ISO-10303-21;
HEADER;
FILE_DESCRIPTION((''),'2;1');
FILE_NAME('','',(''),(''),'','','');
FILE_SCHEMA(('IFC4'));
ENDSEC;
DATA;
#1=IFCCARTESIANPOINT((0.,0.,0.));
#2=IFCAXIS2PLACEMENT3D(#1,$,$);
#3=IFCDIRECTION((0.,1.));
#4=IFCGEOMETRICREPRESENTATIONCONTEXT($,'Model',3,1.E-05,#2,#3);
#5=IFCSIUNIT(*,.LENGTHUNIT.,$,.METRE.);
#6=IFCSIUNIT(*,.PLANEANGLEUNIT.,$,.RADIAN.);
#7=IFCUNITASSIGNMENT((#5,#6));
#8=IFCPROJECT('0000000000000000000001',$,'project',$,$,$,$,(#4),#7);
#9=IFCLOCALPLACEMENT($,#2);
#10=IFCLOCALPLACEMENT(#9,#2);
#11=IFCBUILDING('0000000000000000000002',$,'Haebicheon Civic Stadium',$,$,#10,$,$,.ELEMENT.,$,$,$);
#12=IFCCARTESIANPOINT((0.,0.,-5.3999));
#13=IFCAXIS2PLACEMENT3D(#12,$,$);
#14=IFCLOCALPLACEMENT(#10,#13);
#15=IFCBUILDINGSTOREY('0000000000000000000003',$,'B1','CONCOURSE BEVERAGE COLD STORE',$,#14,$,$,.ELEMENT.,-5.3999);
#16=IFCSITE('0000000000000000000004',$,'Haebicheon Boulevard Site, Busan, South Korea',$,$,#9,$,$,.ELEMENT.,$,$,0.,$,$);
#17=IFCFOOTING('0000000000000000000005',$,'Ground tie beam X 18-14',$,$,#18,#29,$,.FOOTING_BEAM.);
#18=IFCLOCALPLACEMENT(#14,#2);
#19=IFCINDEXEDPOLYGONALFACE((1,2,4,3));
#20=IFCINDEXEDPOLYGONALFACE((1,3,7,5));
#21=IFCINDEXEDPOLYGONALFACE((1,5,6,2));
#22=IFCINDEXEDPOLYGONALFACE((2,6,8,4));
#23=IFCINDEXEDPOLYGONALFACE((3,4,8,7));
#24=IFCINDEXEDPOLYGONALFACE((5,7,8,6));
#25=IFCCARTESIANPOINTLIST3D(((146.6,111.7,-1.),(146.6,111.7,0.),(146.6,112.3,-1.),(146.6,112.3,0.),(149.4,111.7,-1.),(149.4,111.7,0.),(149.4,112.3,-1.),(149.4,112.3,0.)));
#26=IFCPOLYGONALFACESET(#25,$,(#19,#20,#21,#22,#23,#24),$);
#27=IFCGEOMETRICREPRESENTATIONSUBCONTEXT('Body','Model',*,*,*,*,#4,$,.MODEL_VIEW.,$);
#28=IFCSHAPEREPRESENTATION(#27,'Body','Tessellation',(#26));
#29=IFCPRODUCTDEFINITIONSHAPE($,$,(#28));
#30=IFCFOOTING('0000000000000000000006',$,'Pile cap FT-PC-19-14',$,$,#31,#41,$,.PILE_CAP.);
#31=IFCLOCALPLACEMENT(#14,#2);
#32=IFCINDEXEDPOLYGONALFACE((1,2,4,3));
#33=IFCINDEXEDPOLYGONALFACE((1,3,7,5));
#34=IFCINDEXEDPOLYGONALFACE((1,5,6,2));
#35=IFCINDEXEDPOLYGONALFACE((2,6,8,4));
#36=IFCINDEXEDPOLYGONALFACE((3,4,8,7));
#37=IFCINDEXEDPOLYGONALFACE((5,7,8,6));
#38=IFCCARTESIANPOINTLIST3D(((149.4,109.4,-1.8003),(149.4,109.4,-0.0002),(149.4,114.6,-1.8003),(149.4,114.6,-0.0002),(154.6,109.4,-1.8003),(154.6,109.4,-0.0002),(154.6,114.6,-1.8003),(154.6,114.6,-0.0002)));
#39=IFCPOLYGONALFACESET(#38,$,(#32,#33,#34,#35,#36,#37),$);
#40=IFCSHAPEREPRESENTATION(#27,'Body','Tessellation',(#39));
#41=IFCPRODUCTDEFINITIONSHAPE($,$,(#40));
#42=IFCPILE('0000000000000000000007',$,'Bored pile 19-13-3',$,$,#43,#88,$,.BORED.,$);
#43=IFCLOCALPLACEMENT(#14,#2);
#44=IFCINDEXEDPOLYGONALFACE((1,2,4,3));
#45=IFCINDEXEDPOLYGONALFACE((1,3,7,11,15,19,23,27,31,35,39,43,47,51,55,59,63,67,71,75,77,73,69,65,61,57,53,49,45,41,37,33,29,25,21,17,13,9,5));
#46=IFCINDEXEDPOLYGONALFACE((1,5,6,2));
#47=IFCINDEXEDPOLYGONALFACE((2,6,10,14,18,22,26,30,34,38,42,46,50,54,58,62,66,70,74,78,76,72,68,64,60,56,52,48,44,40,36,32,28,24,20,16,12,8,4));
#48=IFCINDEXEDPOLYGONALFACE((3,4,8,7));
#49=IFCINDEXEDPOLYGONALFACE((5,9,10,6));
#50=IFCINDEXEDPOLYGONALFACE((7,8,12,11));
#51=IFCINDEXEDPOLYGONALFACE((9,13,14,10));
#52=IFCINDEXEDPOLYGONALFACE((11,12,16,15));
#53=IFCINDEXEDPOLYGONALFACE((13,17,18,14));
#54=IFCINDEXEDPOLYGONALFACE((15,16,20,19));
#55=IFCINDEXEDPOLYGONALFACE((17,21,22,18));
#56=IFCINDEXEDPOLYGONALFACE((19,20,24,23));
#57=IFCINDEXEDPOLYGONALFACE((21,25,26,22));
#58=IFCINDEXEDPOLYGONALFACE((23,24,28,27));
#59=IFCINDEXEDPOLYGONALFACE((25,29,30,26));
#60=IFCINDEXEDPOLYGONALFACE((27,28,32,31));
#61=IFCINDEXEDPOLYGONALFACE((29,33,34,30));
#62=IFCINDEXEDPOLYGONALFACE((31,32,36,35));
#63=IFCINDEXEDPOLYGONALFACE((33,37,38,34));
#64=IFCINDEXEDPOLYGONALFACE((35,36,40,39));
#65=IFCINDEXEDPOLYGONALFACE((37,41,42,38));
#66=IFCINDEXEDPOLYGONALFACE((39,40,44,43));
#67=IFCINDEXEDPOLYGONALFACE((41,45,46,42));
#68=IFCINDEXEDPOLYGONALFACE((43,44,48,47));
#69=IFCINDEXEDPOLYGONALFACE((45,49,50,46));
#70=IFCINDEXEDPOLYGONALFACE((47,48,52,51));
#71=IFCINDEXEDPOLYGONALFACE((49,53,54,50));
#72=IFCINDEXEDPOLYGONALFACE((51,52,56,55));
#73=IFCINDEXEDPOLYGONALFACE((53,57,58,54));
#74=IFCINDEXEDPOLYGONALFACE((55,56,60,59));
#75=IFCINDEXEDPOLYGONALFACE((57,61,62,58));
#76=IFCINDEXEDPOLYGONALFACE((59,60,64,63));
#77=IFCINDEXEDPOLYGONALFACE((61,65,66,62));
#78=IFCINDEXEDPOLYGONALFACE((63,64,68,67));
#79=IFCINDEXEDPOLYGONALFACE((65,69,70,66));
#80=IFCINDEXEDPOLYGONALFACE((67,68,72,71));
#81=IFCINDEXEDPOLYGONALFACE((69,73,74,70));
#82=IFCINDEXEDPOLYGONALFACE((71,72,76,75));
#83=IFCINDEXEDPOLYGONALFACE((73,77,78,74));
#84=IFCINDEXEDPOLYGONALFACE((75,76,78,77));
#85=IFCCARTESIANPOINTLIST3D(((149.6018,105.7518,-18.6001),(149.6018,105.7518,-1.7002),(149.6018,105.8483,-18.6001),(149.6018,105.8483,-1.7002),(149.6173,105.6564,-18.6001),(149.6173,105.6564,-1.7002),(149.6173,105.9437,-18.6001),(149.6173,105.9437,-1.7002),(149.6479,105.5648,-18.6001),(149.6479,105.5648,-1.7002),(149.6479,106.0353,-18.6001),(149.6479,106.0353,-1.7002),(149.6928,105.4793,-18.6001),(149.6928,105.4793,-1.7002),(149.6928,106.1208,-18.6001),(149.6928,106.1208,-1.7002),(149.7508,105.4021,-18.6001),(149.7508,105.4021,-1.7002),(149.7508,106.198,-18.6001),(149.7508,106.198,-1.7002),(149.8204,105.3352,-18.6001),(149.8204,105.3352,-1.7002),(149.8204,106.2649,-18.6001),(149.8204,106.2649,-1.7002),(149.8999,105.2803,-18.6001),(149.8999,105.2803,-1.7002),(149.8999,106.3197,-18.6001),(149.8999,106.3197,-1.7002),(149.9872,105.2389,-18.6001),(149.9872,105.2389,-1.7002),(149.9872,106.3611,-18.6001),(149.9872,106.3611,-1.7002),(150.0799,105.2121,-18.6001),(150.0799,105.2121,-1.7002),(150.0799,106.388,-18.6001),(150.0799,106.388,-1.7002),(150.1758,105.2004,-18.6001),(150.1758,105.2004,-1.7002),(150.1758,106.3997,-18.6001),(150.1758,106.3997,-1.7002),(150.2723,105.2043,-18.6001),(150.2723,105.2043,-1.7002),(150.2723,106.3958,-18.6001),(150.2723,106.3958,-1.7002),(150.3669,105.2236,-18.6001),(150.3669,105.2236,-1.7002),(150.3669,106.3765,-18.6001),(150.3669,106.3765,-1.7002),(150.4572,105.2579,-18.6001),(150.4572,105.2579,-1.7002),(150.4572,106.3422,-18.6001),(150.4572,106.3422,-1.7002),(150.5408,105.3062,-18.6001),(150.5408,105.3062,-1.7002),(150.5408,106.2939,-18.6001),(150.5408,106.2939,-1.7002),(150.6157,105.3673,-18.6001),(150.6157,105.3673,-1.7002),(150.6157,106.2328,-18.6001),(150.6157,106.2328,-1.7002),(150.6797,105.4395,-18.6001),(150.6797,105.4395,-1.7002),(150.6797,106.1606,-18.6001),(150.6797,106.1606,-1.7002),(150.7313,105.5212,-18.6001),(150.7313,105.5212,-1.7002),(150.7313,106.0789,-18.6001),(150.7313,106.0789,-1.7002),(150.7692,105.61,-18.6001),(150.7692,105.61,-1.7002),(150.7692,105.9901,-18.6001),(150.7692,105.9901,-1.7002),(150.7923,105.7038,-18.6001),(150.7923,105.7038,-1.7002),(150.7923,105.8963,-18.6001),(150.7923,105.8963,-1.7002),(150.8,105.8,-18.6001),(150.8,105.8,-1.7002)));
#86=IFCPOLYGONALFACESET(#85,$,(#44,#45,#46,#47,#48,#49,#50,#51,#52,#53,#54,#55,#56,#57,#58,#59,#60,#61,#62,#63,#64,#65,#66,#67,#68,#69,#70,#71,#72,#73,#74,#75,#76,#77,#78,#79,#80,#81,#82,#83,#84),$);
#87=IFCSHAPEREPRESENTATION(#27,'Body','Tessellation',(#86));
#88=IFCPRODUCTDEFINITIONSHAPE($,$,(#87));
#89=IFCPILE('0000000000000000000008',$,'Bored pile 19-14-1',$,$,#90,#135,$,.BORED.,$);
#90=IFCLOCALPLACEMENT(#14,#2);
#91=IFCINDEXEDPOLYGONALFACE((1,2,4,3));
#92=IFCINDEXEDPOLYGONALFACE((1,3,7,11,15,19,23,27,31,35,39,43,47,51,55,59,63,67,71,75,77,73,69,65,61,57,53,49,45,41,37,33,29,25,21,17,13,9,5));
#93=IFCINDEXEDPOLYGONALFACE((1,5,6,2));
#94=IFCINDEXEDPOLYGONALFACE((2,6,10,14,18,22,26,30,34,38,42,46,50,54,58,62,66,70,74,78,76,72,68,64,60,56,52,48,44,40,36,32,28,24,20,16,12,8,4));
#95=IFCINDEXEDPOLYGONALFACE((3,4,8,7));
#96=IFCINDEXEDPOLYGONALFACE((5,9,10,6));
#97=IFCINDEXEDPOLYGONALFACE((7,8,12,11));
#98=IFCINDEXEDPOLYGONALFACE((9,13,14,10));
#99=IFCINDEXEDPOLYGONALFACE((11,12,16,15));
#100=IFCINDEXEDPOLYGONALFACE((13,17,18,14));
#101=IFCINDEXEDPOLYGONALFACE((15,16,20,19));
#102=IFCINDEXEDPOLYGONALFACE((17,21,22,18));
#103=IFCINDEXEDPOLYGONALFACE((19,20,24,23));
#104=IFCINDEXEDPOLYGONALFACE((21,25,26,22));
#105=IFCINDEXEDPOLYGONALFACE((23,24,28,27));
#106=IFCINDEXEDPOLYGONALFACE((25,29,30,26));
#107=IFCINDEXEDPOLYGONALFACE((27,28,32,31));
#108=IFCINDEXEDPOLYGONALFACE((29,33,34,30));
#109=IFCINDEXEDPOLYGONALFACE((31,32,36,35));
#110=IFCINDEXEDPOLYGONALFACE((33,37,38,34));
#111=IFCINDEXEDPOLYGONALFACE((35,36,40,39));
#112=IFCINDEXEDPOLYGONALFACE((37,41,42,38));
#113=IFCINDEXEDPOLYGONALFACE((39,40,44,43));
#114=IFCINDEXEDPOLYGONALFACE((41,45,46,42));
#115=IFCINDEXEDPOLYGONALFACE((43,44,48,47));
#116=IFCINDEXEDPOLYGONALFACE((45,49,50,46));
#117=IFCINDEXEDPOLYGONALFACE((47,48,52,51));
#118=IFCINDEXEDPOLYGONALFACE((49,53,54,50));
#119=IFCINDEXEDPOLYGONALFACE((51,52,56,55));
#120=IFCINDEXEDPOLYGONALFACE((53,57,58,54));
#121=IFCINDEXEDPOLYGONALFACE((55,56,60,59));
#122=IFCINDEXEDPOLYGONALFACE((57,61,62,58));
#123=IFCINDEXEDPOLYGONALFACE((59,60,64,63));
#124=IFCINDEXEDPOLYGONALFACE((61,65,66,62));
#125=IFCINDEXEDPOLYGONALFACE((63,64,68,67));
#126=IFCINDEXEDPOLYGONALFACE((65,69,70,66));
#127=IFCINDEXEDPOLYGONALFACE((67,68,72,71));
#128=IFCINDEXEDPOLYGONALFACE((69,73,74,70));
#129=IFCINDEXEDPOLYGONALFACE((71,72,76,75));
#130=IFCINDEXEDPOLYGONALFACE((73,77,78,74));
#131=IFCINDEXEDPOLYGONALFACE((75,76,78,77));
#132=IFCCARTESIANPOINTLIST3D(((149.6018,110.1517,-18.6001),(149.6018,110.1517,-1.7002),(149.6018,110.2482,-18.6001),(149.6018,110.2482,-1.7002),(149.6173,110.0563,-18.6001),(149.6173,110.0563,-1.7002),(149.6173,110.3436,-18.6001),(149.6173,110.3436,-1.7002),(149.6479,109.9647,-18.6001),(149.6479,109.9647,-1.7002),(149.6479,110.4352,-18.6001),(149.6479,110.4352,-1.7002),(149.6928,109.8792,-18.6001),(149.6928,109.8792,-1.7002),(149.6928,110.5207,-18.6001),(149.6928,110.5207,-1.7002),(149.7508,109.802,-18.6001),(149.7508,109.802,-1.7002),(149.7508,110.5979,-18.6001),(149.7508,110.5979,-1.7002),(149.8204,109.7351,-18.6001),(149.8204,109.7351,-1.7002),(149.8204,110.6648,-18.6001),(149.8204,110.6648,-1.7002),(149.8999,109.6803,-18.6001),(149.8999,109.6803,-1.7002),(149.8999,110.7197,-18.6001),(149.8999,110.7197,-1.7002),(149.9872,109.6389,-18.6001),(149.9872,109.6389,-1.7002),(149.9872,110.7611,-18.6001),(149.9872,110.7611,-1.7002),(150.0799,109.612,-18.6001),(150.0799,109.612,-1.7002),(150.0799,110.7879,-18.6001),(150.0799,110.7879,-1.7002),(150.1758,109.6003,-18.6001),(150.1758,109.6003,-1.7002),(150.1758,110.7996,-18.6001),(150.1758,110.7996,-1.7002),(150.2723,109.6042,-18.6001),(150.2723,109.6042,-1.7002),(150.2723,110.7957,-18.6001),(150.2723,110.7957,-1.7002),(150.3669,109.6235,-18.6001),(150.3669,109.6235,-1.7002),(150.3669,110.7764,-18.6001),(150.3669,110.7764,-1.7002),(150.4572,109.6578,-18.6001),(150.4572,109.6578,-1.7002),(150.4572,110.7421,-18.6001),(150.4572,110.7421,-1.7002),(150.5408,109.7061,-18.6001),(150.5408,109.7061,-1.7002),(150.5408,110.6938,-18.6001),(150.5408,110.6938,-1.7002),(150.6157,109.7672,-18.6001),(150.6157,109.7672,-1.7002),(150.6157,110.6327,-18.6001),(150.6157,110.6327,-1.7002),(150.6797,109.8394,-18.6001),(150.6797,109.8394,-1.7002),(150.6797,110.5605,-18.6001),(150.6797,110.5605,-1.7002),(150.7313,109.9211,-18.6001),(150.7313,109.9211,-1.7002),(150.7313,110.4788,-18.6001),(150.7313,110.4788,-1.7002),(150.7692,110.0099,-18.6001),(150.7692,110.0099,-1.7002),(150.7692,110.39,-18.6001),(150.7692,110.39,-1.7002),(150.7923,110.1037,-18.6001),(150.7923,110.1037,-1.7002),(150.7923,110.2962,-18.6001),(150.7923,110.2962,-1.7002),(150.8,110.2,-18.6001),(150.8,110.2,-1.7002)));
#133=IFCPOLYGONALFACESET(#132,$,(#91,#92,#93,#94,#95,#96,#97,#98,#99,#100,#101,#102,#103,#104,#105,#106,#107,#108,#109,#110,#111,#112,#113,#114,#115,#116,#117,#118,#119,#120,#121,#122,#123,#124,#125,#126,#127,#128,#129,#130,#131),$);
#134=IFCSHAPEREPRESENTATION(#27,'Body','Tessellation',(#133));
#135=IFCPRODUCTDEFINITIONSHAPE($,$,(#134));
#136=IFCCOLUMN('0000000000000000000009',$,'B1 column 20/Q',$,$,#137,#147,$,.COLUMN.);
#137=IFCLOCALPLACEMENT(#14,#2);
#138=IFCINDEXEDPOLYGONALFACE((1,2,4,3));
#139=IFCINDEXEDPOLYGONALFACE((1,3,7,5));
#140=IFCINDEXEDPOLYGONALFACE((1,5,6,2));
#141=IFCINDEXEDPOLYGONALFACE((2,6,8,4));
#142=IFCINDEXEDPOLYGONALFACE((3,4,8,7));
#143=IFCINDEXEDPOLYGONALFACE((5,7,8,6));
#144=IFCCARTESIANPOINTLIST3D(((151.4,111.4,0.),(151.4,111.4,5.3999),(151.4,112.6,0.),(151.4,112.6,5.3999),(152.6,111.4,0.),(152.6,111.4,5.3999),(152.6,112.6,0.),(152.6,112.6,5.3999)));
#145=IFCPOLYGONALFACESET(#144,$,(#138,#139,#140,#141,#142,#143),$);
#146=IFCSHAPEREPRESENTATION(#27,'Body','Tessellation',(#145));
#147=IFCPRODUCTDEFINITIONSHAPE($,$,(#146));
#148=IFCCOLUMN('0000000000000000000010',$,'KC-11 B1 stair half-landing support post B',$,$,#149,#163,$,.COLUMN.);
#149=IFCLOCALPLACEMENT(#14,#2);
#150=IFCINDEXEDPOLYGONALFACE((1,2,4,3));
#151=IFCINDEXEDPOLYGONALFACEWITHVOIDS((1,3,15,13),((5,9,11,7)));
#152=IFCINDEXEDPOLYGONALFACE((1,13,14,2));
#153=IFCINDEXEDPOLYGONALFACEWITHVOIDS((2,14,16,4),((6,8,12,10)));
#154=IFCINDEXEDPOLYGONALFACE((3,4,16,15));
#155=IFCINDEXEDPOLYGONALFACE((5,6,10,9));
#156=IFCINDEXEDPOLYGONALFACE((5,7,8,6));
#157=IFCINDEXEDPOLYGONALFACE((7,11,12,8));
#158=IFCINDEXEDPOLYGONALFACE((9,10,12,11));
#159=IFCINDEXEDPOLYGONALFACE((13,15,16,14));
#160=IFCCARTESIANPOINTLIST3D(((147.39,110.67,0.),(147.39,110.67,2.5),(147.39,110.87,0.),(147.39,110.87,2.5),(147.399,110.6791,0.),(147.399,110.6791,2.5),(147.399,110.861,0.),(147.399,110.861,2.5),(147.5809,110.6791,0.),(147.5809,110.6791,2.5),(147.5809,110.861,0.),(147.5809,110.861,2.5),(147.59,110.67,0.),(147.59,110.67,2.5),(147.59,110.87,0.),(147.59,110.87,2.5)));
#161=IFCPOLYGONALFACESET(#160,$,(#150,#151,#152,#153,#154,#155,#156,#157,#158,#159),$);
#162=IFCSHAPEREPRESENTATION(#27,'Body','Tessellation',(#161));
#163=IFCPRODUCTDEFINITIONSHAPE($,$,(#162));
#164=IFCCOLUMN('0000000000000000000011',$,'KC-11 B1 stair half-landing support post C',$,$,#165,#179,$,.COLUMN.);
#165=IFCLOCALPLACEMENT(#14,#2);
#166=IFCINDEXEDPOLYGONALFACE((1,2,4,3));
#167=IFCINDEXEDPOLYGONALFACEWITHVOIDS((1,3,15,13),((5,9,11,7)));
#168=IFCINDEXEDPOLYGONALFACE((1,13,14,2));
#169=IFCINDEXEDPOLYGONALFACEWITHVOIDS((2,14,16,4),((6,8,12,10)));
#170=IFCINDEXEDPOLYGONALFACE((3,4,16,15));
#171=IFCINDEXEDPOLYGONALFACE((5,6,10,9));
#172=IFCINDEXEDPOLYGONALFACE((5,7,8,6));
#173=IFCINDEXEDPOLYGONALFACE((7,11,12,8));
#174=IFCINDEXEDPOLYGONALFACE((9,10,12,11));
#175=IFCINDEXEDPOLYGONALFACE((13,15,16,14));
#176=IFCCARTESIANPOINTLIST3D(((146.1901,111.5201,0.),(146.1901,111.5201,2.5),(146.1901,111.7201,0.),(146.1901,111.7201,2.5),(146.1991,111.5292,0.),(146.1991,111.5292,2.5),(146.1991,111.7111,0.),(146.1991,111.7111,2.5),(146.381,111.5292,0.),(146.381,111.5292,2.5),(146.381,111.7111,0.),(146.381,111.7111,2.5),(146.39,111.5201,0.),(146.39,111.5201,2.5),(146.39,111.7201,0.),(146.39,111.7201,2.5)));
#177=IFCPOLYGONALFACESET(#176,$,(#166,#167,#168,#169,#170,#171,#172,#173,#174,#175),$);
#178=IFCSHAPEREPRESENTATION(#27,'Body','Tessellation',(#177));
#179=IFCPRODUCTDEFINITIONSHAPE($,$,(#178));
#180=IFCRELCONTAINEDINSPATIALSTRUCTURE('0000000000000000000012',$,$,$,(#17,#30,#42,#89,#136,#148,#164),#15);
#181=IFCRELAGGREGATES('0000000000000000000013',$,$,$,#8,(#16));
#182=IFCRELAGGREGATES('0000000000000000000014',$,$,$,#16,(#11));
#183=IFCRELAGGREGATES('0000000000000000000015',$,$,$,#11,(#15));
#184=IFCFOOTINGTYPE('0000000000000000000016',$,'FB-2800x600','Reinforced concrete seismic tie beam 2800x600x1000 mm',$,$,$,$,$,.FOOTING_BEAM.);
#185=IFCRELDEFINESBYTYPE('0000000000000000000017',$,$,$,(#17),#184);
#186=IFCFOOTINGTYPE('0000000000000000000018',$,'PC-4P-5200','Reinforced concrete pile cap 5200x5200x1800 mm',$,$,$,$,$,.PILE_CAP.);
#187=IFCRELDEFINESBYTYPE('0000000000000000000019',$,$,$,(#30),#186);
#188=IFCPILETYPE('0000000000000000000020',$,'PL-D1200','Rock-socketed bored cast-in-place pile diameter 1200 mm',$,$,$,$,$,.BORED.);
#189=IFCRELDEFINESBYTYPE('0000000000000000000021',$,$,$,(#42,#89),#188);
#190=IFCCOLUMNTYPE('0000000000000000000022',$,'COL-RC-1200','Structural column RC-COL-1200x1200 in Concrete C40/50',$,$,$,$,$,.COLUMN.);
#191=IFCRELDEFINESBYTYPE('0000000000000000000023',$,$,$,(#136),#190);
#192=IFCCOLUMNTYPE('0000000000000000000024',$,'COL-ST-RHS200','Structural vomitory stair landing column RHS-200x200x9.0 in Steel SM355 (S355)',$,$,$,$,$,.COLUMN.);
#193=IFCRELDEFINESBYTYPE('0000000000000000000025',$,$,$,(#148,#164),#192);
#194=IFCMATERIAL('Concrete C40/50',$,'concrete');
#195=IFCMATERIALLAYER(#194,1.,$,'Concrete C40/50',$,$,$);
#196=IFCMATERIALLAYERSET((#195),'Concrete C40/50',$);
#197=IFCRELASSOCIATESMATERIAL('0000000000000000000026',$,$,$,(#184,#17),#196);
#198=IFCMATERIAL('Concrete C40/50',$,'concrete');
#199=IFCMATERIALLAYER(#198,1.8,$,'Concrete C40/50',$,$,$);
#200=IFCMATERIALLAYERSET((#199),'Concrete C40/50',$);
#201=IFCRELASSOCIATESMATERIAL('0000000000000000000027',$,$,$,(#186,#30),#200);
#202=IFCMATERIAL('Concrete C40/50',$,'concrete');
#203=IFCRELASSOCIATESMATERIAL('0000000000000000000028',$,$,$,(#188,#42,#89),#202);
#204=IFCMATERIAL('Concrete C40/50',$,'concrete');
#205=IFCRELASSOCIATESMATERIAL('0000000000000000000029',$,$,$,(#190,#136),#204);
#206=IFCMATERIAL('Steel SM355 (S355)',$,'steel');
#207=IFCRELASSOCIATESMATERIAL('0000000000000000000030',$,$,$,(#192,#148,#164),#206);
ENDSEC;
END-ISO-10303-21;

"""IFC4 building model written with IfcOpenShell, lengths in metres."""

from ifc_helpers import new_model, si_unit, direction, frame, origin, origin_2d, place, context, subcontext, project, spatial, rectangle, hollow_rectangle, circle, extrude, material, layer, layer_set, material_profile, profile_set, type_object, element, save


model = new_model("IFC4")

# Units and contexts
model_context = context("Model", 3, precision=1e-05, world=origin(), true_north=direction((0.0, 1.0)))
body_context = subcontext(model_context, "Body", "Model", "MODEL_VIEW")
ifc_project = project(units=[si_unit("LENGTHUNIT", "METRE"), si_unit("PLANEANGLEUNIT", "RADIAN")], contexts=[model_context])

# Site, building, storey
site_placement = place(None, origin())
site = spatial("IfcSite", under=ifc_project, at=site_placement, Name="Haebicheon Boulevard Site, Busan, South Korea", CompositionType="ELEMENT", RefElevation=0.0)
building_placement = place(site_placement, origin())
building = spatial("IfcBuilding", under=site, at=building_placement, Name="Haebicheon Civic Stadium", CompositionType="ELEMENT")
storey_placement = place(building_placement, frame((0.0, 0.0, -5.3999)))
storey = spatial("IfcBuildingStorey", under=building, at=storey_placement, Name="B1", Description="CONCOURSE BEVERAGE COLD STORE", CompositionType="ELEMENT", Elevation=-5.3999)

# Footings
ifc_material_1 = material(Name="Concrete C40/50", Category="concrete")
ifc_layer_1 = layer(ifc_material_1, 1.0, Name="Concrete C40/50")
ifc_layer_set_1 = layer_set([ifc_layer_1], Name="Concrete C40/50")
footing_type_1 = type_object("IfcFootingType", Name="FB-2800x600", Description="Reinforced concrete seismic tie beam 2800x600x1000 mm", PredefinedType="FOOTING_BEAM", material=ifc_layer_set_1)
footing_1_placement = place(storey_placement, frame((148.0, 112.0, -1.0), z_axis=(0.0, 0.0, 1.0), x_axis=(1.0, 0.0, 0.0)))
element("IfcFooting", 1, at=footing_1_placement, inside=storey, type_object=footing_type_1, material=ifc_layer_set_1, Name="Ground tie beam X 18-14", PredefinedType="FOOTING_BEAM", context=body_context, shape_type="SweptSolid", body=[
    extrude(rectangle(XDim=2.8, YDim=0.6001, at=origin_2d()), origin(), (0.0, 0.0, 1.0), 1.0),
])
ifc_material_2 = material(Name="Concrete C40/50", Category="concrete")
ifc_layer_2 = layer(ifc_material_2, 1.8, Name="Concrete C40/50")
ifc_layer_set_2 = layer_set([ifc_layer_2], Name="Concrete C40/50")
footing_type_2 = type_object("IfcFootingType", Name="PC-4P-5200", Description="Reinforced concrete pile cap 5200x5200x1800 mm", PredefinedType="PILE_CAP", material=ifc_layer_set_2)
footing_2_placement = place(storey_placement, frame((152.0, 112.0, -1.8003), z_axis=(0.0, 0.0, 1.0), x_axis=(1.0, 0.0, 0.0)))
element("IfcFooting", 2, at=footing_2_placement, inside=storey, type_object=footing_type_2, material=ifc_layer_set_2, Name="Pile cap FT-PC-19-14", PredefinedType="PILE_CAP", context=body_context, shape_type="SweptSolid", body=[
    extrude(rectangle(XDim=5.2, YDim=5.2, at=origin_2d()), origin(), (0.0, 0.0, 1.0), 1.8),
])

# Piles
ifc_material_3 = material(Name="Concrete C40/50", Category="concrete")
ifc_material_profile_1 = material_profile(ifc_material_3, circle(Radius=0.6001, at=origin_2d()), Name="PILE-D1200")
ifc_profile_set_1 = profile_set([ifc_material_profile_1], Name="Concrete C40/50")
pile_type = type_object("IfcPileType", Name="PL-D1200", Description="Rock-socketed bored cast-in-place pile diameter 1200 mm", PredefinedType="BORED", material=ifc_profile_set_1)
for number, where, z_axis, x_axis, name in (
    (3, (150.2, 105.8, -1.7002), (0.0, 0.0, -1.0), (1.0, 0.0, 0.0), "Bored pile 19-13-3"),
    (4, (150.2, 110.2, -1.7002), (0.0, 0.0, -1.0), (1.0, 0.0, 0.0), "Bored pile 19-14-1"),
):
    element("IfcPile", number, at=place(storey_placement, frame(where, z_axis=z_axis, x_axis=x_axis)), inside=storey, type_object=pile_type, material=ifc_profile_set_1, Name=name, PredefinedType="BORED", context=body_context, shape_type="SweptSolid", body=[
        extrude(circle(Radius=0.6001, at=origin_2d()), origin(), (0.0, 0.0, 1.0), 16.8999),
    ])

# Columns
ifc_material_4 = material(Name="Concrete C40/50", Category="concrete")
ifc_material_profile_2 = material_profile(ifc_material_4, rectangle(XDim=1.2, YDim=1.2, at=origin_2d()), Name="RC-COL-1200x1200")
ifc_profile_set_2 = profile_set([ifc_material_profile_2], Name="Concrete C40/50")
column_type_1 = type_object("IfcColumnType", Name="COL-RC-1200", Description="Structural column RC-COL-1200x1200 in Concrete C40/50", PredefinedType="COLUMN", material=ifc_profile_set_2)
column_placement = place(storey_placement, frame((152.0, 112.0, 0.0), z_axis=(0.0, 0.0, 1.0), x_axis=(1.0, 0.0, 0.0)))
element("IfcColumn", 5, at=column_placement, inside=storey, type_object=column_type_1, material=ifc_profile_set_2, Name="B1 column 20/Q", PredefinedType="COLUMN", context=body_context, shape_type="SweptSolid", body=[
    extrude(rectangle(XDim=1.2, YDim=1.2, at=origin_2d()), origin(), (0.0, 0.0, 1.0), 5.3999),
])
ifc_material_5 = material(Name="Steel SM355 (S355)", Category="steel")
ifc_material_profile_3 = material_profile(ifc_material_5, hollow_rectangle(XDim=0.2, YDim=0.2, WallThickness=0.009, at=origin_2d()), Name="RHS-200x200x9.0")
ifc_profile_set_3 = profile_set([ifc_material_profile_3], Name="Steel SM355 (S355)")
column_type_2 = type_object("IfcColumnType", Name="COL-ST-RHS200", Description="Structural vomitory stair landing column RHS-200x200x9.0 in Steel SM355 (S355)", PredefinedType="COLUMN", material=ifc_profile_set_3)
for number, where, z_axis, x_axis, name in (
    (6, (147.49, 110.77, 0.0), (0.0, 0.0, 1.0), (1.0, 0.0, 0.0), "KC-11 B1 stair half-landing support post B"),
    (7, (146.29, 111.6201, 0.0), (0.0, 0.0, 1.0), (1.0, 0.0, 0.0), "KC-11 B1 stair half-landing support post C"),
):
    element("IfcColumn", number, at=place(storey_placement, frame(where, z_axis=z_axis, x_axis=x_axis)), inside=storey, type_object=column_type_2, material=ifc_profile_set_3, Name=name, PredefinedType="COLUMN", context=body_context, shape_type="SweptSolid", body=[
        extrude(hollow_rectangle(XDim=0.2, YDim=0.2, WallThickness=0.009, at=origin_2d()), origin(), (0.0, 0.0, 1.0), 2.5),
    ])

save(model, "model.ifc")
